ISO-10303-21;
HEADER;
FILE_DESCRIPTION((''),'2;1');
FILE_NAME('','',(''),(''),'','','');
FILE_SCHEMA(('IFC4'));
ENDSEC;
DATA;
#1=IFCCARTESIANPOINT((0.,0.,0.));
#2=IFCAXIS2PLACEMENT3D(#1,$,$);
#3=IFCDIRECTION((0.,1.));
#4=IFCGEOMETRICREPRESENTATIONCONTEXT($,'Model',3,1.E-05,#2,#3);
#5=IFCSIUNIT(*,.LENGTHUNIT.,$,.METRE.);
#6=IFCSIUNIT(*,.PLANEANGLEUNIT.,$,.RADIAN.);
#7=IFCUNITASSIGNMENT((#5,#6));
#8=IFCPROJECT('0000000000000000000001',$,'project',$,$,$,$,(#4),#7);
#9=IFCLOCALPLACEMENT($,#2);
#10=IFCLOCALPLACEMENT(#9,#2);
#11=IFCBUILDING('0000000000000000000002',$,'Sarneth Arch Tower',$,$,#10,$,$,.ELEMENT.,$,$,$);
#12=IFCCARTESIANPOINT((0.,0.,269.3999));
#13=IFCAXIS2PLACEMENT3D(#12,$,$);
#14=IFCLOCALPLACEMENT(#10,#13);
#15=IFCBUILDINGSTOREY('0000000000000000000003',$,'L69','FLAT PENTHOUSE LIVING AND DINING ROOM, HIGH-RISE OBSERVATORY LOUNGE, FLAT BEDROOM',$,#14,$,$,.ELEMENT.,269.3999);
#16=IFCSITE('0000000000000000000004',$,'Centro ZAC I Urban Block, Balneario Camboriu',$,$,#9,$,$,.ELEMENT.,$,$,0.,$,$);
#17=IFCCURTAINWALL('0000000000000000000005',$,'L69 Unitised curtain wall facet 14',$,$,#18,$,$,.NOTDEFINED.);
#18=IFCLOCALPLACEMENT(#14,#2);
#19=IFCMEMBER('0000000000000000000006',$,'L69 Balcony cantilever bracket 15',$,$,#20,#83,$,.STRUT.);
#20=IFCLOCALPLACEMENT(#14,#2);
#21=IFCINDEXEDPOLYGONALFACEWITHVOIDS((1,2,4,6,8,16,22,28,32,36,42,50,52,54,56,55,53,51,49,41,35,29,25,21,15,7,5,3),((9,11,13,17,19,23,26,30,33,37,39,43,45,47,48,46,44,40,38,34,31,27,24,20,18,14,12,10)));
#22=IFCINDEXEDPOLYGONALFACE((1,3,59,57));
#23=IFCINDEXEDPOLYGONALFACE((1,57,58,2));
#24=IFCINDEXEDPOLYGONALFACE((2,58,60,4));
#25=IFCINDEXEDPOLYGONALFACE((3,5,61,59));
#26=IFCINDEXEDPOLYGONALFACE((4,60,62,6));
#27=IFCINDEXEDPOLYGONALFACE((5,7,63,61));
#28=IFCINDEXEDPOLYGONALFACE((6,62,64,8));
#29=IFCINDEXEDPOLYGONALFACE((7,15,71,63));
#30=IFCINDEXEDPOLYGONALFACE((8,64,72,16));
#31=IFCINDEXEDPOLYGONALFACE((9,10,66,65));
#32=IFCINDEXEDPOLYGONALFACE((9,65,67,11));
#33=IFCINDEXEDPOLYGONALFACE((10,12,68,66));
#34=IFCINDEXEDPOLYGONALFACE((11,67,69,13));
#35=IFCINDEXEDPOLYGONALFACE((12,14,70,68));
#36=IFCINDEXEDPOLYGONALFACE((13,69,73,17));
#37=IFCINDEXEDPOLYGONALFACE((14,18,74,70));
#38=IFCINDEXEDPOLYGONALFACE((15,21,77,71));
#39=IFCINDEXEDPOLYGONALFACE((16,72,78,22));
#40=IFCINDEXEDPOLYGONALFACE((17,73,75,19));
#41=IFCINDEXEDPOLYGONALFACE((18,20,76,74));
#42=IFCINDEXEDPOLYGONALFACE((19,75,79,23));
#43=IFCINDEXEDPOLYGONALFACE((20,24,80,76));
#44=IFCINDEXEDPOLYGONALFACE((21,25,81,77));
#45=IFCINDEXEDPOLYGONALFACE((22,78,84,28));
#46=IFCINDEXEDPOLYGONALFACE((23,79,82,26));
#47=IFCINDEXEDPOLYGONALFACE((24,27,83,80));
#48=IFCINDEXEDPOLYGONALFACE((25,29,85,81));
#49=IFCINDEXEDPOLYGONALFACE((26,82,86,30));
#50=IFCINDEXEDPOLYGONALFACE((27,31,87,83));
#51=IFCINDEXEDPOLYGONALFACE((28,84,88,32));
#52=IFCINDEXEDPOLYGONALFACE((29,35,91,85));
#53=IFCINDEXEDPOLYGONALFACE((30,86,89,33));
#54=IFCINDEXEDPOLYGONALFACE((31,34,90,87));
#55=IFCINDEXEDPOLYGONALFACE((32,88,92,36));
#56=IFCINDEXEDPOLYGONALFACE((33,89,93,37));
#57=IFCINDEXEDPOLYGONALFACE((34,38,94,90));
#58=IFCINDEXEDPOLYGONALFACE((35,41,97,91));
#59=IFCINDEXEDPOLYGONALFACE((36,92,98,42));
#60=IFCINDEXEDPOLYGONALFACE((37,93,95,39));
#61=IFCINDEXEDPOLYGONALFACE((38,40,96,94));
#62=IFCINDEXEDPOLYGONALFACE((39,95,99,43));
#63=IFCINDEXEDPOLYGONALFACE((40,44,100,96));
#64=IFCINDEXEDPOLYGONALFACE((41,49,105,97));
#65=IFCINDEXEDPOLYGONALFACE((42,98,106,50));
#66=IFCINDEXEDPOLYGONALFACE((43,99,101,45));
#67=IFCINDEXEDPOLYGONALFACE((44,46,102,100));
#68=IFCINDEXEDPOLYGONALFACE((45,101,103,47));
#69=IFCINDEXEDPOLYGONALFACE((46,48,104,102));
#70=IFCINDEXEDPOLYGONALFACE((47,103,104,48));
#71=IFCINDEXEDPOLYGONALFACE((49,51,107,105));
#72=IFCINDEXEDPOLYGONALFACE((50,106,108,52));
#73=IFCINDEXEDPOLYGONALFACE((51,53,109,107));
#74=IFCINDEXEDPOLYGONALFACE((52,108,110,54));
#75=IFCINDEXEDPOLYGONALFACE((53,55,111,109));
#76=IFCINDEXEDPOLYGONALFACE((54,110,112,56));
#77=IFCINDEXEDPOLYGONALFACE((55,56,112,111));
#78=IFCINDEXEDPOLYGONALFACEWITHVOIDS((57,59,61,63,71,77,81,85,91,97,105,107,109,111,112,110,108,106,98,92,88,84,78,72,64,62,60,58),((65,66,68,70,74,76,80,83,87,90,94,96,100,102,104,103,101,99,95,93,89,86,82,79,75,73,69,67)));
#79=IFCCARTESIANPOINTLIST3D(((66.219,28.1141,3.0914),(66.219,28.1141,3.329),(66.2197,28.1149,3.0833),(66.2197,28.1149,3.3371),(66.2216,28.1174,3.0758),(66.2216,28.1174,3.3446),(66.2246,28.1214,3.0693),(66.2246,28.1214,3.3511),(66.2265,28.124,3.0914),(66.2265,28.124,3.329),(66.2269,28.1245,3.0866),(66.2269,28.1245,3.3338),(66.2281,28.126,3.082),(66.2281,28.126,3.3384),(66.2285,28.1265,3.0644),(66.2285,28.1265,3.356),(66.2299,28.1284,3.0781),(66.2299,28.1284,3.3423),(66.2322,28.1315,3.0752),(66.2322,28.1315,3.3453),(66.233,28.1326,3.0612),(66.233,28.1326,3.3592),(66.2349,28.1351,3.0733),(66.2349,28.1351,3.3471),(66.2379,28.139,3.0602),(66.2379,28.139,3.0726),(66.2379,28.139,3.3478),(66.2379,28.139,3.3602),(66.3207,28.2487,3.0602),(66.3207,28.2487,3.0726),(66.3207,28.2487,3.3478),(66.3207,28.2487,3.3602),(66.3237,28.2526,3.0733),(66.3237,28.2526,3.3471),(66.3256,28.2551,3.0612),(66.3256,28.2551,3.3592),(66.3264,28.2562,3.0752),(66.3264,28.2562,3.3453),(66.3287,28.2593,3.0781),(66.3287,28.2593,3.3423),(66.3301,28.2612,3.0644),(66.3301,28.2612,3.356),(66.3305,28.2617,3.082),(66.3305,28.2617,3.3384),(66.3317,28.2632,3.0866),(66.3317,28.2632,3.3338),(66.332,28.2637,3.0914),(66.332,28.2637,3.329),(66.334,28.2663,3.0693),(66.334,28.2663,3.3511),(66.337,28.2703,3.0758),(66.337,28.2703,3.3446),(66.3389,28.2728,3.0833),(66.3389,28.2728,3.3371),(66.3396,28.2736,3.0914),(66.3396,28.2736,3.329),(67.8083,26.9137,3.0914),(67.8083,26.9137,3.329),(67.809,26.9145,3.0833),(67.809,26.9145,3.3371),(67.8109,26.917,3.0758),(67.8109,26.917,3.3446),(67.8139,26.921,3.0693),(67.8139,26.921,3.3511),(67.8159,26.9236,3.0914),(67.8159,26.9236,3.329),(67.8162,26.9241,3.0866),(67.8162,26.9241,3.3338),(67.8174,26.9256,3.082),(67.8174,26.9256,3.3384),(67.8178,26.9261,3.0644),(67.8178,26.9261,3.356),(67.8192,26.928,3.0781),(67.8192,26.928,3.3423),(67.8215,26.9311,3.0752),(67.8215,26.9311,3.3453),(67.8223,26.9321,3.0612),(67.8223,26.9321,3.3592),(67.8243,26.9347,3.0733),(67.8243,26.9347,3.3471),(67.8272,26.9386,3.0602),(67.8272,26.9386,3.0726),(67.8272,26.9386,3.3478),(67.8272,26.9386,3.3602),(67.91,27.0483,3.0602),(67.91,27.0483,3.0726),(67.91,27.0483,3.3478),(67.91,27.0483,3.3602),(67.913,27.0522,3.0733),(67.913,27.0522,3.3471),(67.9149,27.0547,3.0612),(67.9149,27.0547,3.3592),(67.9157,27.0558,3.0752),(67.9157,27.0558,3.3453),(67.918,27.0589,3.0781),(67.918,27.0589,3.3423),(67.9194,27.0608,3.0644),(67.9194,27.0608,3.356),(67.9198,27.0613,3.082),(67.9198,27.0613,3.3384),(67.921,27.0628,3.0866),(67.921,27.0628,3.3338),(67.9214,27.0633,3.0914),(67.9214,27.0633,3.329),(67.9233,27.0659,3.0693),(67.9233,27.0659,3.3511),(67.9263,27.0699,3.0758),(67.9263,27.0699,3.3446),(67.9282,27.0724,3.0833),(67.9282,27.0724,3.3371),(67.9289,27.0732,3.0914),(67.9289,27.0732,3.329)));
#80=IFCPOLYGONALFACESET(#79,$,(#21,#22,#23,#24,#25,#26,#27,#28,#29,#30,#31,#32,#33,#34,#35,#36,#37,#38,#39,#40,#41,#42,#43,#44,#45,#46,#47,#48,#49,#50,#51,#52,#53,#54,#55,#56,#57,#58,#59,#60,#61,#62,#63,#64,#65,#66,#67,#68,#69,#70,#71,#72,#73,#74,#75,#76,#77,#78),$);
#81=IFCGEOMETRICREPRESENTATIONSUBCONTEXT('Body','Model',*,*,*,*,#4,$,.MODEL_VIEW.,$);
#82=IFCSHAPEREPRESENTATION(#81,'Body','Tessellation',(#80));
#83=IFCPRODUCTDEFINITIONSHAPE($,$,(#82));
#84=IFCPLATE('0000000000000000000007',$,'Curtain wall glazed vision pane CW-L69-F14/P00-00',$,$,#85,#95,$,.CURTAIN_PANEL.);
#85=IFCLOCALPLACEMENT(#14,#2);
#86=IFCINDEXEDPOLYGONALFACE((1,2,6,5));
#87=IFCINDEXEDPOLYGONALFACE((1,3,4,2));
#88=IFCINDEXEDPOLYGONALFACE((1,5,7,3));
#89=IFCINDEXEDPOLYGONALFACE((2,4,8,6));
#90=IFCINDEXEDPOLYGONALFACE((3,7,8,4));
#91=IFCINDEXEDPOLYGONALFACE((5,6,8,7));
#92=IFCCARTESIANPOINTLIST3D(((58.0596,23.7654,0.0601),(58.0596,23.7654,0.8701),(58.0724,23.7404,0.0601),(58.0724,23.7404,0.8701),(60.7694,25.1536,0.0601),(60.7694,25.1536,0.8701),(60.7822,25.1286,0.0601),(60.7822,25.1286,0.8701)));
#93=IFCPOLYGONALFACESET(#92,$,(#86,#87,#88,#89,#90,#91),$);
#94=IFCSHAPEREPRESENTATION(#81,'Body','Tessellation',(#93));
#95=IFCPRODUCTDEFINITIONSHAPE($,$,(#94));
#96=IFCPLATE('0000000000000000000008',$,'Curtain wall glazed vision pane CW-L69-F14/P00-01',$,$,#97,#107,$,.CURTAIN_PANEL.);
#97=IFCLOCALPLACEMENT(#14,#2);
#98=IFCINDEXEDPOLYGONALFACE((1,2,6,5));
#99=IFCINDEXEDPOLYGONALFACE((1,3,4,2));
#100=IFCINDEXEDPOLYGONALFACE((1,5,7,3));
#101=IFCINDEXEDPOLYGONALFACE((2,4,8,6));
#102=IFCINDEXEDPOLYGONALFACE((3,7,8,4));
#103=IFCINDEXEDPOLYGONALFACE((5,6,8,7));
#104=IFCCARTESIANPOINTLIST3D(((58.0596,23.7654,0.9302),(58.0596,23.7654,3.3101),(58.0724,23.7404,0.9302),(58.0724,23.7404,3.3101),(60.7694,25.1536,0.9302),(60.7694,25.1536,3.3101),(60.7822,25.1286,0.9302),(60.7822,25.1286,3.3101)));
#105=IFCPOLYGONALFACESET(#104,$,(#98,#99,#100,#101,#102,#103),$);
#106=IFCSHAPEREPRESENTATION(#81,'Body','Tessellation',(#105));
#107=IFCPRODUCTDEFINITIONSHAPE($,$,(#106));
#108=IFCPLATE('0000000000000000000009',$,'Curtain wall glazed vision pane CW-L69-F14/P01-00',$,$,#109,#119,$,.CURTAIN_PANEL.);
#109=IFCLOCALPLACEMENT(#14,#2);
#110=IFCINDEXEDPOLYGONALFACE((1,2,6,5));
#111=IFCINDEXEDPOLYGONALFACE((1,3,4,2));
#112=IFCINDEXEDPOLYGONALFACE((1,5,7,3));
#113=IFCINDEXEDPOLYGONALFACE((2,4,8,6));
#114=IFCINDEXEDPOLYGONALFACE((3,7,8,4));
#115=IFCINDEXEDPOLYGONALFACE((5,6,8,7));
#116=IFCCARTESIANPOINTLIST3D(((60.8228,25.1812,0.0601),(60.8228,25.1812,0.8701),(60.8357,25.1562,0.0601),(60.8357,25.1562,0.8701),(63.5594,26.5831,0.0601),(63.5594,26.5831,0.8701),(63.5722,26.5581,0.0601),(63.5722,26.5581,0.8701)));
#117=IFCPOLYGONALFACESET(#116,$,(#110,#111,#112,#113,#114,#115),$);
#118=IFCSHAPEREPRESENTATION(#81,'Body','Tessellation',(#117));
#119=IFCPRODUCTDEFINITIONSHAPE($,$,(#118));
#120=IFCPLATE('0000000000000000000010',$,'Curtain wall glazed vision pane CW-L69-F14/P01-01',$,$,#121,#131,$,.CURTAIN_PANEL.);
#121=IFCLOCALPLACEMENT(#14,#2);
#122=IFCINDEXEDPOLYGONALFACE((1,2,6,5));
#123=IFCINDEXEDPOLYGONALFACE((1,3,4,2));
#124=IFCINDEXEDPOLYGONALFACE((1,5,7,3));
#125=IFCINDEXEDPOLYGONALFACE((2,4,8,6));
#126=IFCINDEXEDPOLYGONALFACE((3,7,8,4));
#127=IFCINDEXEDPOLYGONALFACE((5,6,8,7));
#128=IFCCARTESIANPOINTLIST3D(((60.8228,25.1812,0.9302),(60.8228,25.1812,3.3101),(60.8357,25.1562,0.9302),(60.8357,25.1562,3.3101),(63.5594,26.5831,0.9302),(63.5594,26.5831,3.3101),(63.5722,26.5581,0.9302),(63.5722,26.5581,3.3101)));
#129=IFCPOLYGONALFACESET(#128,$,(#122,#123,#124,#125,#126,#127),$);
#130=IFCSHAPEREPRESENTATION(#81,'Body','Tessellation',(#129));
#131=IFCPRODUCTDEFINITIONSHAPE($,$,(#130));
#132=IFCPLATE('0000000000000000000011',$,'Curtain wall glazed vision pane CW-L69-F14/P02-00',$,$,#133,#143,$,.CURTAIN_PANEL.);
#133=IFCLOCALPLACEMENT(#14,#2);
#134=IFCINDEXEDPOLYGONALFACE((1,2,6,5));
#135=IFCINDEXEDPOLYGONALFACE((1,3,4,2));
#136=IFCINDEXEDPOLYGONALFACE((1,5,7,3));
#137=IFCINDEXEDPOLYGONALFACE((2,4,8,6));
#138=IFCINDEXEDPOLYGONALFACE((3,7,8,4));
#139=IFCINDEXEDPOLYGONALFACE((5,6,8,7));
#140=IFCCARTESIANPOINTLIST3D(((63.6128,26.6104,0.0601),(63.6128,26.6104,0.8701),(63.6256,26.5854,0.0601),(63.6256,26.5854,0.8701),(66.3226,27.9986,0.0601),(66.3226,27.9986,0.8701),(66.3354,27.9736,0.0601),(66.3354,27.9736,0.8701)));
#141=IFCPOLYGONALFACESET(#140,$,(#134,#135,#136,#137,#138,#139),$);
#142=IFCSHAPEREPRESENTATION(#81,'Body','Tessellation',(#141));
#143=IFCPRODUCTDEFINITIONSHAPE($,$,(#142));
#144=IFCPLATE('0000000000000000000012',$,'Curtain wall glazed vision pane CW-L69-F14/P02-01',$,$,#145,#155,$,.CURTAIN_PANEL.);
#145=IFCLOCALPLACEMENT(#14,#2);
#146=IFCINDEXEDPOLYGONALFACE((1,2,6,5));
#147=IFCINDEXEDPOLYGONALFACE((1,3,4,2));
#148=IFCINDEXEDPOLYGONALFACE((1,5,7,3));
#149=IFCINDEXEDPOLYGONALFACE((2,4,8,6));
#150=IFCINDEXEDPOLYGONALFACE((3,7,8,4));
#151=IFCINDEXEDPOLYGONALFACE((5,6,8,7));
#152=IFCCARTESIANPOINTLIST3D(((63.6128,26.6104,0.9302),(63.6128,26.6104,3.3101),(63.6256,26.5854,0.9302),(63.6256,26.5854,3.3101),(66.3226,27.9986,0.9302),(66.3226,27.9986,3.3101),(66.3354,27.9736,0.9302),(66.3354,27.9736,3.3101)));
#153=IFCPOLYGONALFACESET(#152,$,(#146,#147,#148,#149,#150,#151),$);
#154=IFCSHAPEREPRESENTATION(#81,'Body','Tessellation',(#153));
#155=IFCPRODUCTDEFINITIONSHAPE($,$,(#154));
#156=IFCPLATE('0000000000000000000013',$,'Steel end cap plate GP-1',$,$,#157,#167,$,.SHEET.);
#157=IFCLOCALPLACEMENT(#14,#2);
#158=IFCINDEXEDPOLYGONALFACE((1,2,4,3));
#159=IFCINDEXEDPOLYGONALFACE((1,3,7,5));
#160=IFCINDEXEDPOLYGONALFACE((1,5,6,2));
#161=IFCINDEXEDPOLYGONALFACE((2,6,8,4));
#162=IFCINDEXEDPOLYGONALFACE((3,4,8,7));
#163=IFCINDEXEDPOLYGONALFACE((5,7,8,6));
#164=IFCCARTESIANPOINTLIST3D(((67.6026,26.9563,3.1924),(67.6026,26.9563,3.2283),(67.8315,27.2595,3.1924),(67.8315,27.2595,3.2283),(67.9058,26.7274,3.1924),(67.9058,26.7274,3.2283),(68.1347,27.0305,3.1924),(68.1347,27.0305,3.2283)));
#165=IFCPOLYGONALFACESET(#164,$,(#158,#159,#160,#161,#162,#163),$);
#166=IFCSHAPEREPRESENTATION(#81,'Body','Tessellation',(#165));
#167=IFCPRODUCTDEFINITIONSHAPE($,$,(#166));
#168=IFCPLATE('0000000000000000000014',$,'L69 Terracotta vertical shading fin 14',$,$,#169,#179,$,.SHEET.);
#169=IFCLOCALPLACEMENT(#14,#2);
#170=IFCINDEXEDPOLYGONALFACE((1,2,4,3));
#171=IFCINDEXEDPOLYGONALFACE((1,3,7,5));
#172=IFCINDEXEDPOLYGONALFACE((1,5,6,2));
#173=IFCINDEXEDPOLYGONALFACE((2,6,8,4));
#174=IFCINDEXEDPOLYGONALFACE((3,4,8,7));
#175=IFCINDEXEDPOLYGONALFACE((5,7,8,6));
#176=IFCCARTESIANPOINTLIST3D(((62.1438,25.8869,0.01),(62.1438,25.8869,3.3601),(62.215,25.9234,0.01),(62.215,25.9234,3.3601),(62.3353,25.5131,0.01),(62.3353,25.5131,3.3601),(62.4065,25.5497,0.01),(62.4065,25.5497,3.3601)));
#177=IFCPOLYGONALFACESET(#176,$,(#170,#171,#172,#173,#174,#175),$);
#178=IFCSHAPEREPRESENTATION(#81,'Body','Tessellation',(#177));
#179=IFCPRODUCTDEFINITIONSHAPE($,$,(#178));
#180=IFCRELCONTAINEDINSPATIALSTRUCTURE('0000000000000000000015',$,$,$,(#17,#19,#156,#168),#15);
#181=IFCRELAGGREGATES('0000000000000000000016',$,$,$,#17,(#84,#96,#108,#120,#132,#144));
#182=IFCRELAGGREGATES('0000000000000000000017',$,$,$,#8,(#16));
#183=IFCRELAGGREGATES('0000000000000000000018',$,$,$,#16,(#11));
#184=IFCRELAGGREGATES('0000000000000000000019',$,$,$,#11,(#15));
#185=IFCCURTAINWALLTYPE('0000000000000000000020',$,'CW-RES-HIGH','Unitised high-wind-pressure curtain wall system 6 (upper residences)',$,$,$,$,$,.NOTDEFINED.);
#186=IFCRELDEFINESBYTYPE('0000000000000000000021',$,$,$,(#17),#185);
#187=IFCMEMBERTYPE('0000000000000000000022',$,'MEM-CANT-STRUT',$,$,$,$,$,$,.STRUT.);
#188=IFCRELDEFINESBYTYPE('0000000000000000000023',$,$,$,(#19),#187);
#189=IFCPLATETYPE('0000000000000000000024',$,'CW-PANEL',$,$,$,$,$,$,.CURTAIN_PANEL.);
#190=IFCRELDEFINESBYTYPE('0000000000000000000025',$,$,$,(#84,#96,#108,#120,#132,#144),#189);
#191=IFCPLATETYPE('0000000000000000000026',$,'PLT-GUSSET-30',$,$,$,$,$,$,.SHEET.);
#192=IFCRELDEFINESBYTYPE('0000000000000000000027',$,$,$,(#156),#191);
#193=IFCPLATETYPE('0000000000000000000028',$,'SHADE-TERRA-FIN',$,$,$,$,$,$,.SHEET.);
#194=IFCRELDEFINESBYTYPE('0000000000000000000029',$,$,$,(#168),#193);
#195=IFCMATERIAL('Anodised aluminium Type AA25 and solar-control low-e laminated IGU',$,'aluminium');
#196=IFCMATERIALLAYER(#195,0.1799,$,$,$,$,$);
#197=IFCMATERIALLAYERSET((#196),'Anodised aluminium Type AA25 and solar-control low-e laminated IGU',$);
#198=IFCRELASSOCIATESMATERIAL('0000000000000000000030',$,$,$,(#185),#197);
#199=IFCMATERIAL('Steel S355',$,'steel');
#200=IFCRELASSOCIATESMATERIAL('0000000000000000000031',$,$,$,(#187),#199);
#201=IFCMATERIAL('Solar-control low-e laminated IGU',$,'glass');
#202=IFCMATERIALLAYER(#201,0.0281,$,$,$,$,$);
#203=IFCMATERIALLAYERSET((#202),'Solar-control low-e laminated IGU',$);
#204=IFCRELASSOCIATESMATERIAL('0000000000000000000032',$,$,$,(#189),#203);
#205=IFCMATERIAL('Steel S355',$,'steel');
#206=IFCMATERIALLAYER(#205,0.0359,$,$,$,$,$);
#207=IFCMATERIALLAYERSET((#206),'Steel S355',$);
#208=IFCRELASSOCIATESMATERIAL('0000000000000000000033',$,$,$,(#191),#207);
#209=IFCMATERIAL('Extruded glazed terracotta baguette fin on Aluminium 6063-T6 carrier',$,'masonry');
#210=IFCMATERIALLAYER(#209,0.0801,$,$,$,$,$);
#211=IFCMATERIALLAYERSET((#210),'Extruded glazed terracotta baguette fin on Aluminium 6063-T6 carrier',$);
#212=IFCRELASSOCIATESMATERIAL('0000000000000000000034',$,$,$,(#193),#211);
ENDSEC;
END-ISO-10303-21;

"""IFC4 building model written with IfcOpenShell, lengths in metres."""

from ifc_helpers import new_model, si_unit, direction, frame, origin, origin_2d, place, context, subcontext, project, spatial, rectangle, hollow_rectangle, extrude, material, layer, layer_set, material_profile, profile_set, type_object, element, aggregate, save


model = new_model("IFC4")

# Units and contexts
model_context = context("Model", 3, precision=1e-05, world=origin(), true_north=direction((0.0, 1.0)))
body_context = subcontext(model_context, "Body", "Model", "MODEL_VIEW")
ifc_project = project(units=[si_unit("LENGTHUNIT", "METRE"), si_unit("PLANEANGLEUNIT", "RADIAN")], contexts=[model_context])

# Site, building, storey
site_placement = place(None, origin())
site = spatial("IfcSite", under=ifc_project, at=site_placement, Name="Centro ZAC I Urban Block, Balneario Camboriu", CompositionType="ELEMENT", RefElevation=0.0)
building_placement = place(site_placement, origin())
building = spatial("IfcBuilding", under=site, at=building_placement, Name="Sarneth Arch Tower", CompositionType="ELEMENT")
storey_placement = place(building_placement, frame((0.0, 0.0, 269.3999)))
storey = spatial("IfcBuildingStorey", under=building, at=storey_placement, Name="L69", Description="FLAT PENTHOUSE LIVING AND DINING ROOM, HIGH-RISE OBSERVATORY LOUNGE, FLAT BEDROOM", CompositionType="ELEMENT", Elevation=269.3999)

# Curtain wall
ifc_material_1 = material(Name="Anodised aluminium Type AA25 and solar-control low-e laminated IGU", Category="aluminium")
ifc_layer_1 = layer(ifc_material_1, 0.1799)
ifc_layer_set_1 = layer_set([ifc_layer_1], Name="Anodised aluminium Type AA25 and solar-control low-e laminated IGU")
curtain_wall_type = type_object("IfcCurtainWallType", Name="CW-RES-HIGH", Description="Unitised high-wind-pressure curtain wall system 6 (upper residences)", PredefinedType="NOTDEFINED", material=ifc_layer_set_1)
curtain_wall_placement = place(storey_placement, origin())
curtain_wall = element("IfcCurtainWall", 1, at=curtain_wall_placement, inside=storey, type_object=curtain_wall_type, Name="L69 Unitised curtain wall facet 14", PredefinedType="NOTDEFINED")

# Member
ifc_material_2 = material(Name="Steel S355", Category="steel")
ifc_material_profile_1 = material_profile(ifc_material_2, hollow_rectangle(XDim=0.2, YDim=0.3, WallThickness=0.0125, InnerFilletRadius=0.0188, OuterFilletRadius=0.0312, at=origin_2d()), Name="RHS300x200x12.5")
ifc_profile_set_1 = profile_set([ifc_material_profile_1], Name="Steel S355")
member_type_1 = type_object("IfcMemberType", Name="MEM-CANT-STRUT", PredefinedType="STRUT", material=ifc_profile_set_1)
member_1_placement = place(storey_placement, frame((66.2793, 28.1938, 3.2102), z_axis=(0.797966, -0.602703, 0.0), x_axis=(0.602703, 0.797966, 0.0)))
element("IfcMember", 2, at=member_1_placement, inside=storey, type_object=member_type_1, Name="L69 Balcony cantilever bracket 15", PredefinedType="STRUT", context=body_context, shape_type="SweptSolid", body=[
    extrude(hollow_rectangle(XDim=0.2, YDim=0.3, WallThickness=0.0125, InnerFilletRadius=0.0188, OuterFilletRadius=0.0312, at=origin_2d()), origin(), (0.0, 0.0, 1.0), 1.9917),
])

# Plates
ifc_material_3 = material(Name="Solar-control low-e laminated IGU", Category="glass")
ifc_layer_2 = layer(ifc_material_3, 0.0281)
ifc_layer_set_2 = layer_set([ifc_layer_2], Name="Solar-control low-e laminated IGU")
plate_type_1 = type_object("IfcPlateType", Name="CW-PANEL", PredefinedType="CURTAIN_PANEL", material=ifc_layer_set_2)
plate_1_placement = place(storey_placement, frame((59.4209, 24.447, 0.0601), z_axis=(0.0, 0.0, 1.0), x_axis=(0.89001, 0.455942, 0.0)))
plate_1 = element("IfcPlate", 3, at=plate_1_placement, type_object=plate_type_1, Name="Curtain wall glazed vision pane CW-L69-F14/P00-00", PredefinedType="CURTAIN_PANEL", context=body_context, shape_type="SweptSolid", body=[
    extrude(rectangle(XDim=3.0447, YDim=0.0281, at=origin_2d()), origin(), (0.0, 0.0, 1.0), 0.8101),
])
plate_2_placement = place(storey_placement, frame((59.4209, 24.447, 0.9302), z_axis=(0.0, 0.0, 1.0), x_axis=(0.89001, 0.455942, 0.0)))
plate_2 = element("IfcPlate", 4, at=plate_2_placement, type_object=plate_type_1, Name="Curtain wall glazed vision pane CW-L69-F14/P00-01", PredefinedType="CURTAIN_PANEL", context=body_context, shape_type="SweptSolid", body=[
    extrude(rectangle(XDim=3.0447, YDim=0.0281, at=origin_2d()), origin(), (0.0, 0.0, 1.0), 2.3799),
])
plate_3_placement = place(storey_placement, frame((62.1975, 25.8696, 0.0601), z_axis=(0.0, 0.0, 1.0), x_axis=(0.89001, 0.455942, 0.0)))
plate_3 = element("IfcPlate", 5, at=plate_3_placement, type_object=plate_type_1, Name="Curtain wall glazed vision pane CW-L69-F14/P01-00", PredefinedType="CURTAIN_PANEL", context=body_context, shape_type="SweptSolid", body=[
    extrude(rectangle(XDim=3.0747, YDim=0.0281, at=origin_2d()), origin(), (0.0, 0.0, 1.0), 0.8101),
])
plate_4_placement = place(storey_placement, frame((62.1975, 25.8696, 0.9302), z_axis=(0.0, 0.0, 1.0), x_axis=(0.89001, 0.455942, 0.0)))
plate_4 = element("IfcPlate", 6, at=plate_4_placement, type_object=plate_type_1, Name="Curtain wall glazed vision pane CW-L69-F14/P01-01", PredefinedType="CURTAIN_PANEL", context=body_context, shape_type="SweptSolid", body=[
    extrude(rectangle(XDim=3.0747, YDim=0.0281, at=origin_2d()), origin(), (0.0, 0.0, 1.0), 2.3799),
])
plate_5_placement = place(storey_placement, frame((64.9741, 27.292, 0.0601), z_axis=(0.0, 0.0, 1.0), x_axis=(0.89001, 0.455942, 0.0)))
plate_5 = element("IfcPlate", 7, at=plate_5_placement, type_object=plate_type_1, Name="Curtain wall glazed vision pane CW-L69-F14/P02-00", PredefinedType="CURTAIN_PANEL", context=body_context, shape_type="SweptSolid", body=[
    extrude(rectangle(XDim=3.0447, YDim=0.0281, at=origin_2d()), origin(), (0.0, 0.0, 1.0), 0.8101),
])
plate_6_placement = place(storey_placement, frame((64.9741, 27.292, 0.9302), z_axis=(0.0, 0.0, 1.0), x_axis=(0.89001, 0.455942, 0.0)))
plate_6 = element("IfcPlate", 8, at=plate_6_placement, type_object=plate_type_1, Name="Curtain wall glazed vision pane CW-L69-F14/P02-01", PredefinedType="CURTAIN_PANEL", context=body_context, shape_type="SweptSolid", body=[
    extrude(rectangle(XDim=3.0447, YDim=0.0281, at=origin_2d()), origin(), (0.0, 0.0, 1.0), 2.3799),
])
aggregate(curtain_wall, [plate_1, plate_2, plate_3, plate_4, plate_5, plate_6])

# Plates
ifc_material_4 = material(Name="Steel S355", Category="steel")
ifc_layer_3 = layer(ifc_material_4, 0.0359)
ifc_layer_set_3 = layer_set([ifc_layer_3], Name="Steel S355")
plate_type_2 = type_object("IfcPlateType", Name="PLT-GUSSET-30", PredefinedType="SHEET", material=ifc_layer_set_3)
plate_7_placement = place(storey_placement, frame((67.8687, 26.9934, 3.1924), z_axis=(0.0, 0.0, 1.0), x_axis=(0.798005, -0.602651, 0.0)))
element("IfcPlate", 9, at=plate_7_placement, inside=storey, type_object=plate_type_2, Name="Steel end cap plate GP-1", PredefinedType="SHEET", context=body_context, shape_type="SweptSolid", body=[
    extrude(rectangle(XDim=0.3799, YDim=0.3799, at=origin_2d()), origin(), (0.0, 0.0, 1.0), 0.0359),
])
ifc_material_5 = material(Name="Extruded glazed terracotta baguette fin on Aluminium 6063-T6 carrier", Category="masonry")
ifc_layer_4 = layer(ifc_material_5, 0.0801)
ifc_layer_set_4 = layer_set([ifc_layer_4], Name="Extruded glazed terracotta baguette fin on Aluminium 6063-T6 carrier")
plate_type_3 = type_object("IfcPlateType", Name="SHADE-TERRA-FIN", PredefinedType="SHEET", material=ifc_layer_set_4)
plate_8_placement = place(storey_placement, frame((62.2751, 25.7183, 0.01), z_axis=(0.0, 0.0, 1.0), x_axis=(0.456011, -0.889974, 0.0)))
element("IfcPlate", 10, at=plate_8_placement, inside=storey, type_object=plate_type_3, Name="L69 Terracotta vertical shading fin 14", PredefinedType="SHEET", context=body_context, shape_type="SweptSolid", body=[
    extrude(rectangle(XDim=0.4199, YDim=0.0801, at=origin_2d()), origin(), (0.0, 0.0, 1.0), 3.3501),
])

save(model, "model.ifc")
